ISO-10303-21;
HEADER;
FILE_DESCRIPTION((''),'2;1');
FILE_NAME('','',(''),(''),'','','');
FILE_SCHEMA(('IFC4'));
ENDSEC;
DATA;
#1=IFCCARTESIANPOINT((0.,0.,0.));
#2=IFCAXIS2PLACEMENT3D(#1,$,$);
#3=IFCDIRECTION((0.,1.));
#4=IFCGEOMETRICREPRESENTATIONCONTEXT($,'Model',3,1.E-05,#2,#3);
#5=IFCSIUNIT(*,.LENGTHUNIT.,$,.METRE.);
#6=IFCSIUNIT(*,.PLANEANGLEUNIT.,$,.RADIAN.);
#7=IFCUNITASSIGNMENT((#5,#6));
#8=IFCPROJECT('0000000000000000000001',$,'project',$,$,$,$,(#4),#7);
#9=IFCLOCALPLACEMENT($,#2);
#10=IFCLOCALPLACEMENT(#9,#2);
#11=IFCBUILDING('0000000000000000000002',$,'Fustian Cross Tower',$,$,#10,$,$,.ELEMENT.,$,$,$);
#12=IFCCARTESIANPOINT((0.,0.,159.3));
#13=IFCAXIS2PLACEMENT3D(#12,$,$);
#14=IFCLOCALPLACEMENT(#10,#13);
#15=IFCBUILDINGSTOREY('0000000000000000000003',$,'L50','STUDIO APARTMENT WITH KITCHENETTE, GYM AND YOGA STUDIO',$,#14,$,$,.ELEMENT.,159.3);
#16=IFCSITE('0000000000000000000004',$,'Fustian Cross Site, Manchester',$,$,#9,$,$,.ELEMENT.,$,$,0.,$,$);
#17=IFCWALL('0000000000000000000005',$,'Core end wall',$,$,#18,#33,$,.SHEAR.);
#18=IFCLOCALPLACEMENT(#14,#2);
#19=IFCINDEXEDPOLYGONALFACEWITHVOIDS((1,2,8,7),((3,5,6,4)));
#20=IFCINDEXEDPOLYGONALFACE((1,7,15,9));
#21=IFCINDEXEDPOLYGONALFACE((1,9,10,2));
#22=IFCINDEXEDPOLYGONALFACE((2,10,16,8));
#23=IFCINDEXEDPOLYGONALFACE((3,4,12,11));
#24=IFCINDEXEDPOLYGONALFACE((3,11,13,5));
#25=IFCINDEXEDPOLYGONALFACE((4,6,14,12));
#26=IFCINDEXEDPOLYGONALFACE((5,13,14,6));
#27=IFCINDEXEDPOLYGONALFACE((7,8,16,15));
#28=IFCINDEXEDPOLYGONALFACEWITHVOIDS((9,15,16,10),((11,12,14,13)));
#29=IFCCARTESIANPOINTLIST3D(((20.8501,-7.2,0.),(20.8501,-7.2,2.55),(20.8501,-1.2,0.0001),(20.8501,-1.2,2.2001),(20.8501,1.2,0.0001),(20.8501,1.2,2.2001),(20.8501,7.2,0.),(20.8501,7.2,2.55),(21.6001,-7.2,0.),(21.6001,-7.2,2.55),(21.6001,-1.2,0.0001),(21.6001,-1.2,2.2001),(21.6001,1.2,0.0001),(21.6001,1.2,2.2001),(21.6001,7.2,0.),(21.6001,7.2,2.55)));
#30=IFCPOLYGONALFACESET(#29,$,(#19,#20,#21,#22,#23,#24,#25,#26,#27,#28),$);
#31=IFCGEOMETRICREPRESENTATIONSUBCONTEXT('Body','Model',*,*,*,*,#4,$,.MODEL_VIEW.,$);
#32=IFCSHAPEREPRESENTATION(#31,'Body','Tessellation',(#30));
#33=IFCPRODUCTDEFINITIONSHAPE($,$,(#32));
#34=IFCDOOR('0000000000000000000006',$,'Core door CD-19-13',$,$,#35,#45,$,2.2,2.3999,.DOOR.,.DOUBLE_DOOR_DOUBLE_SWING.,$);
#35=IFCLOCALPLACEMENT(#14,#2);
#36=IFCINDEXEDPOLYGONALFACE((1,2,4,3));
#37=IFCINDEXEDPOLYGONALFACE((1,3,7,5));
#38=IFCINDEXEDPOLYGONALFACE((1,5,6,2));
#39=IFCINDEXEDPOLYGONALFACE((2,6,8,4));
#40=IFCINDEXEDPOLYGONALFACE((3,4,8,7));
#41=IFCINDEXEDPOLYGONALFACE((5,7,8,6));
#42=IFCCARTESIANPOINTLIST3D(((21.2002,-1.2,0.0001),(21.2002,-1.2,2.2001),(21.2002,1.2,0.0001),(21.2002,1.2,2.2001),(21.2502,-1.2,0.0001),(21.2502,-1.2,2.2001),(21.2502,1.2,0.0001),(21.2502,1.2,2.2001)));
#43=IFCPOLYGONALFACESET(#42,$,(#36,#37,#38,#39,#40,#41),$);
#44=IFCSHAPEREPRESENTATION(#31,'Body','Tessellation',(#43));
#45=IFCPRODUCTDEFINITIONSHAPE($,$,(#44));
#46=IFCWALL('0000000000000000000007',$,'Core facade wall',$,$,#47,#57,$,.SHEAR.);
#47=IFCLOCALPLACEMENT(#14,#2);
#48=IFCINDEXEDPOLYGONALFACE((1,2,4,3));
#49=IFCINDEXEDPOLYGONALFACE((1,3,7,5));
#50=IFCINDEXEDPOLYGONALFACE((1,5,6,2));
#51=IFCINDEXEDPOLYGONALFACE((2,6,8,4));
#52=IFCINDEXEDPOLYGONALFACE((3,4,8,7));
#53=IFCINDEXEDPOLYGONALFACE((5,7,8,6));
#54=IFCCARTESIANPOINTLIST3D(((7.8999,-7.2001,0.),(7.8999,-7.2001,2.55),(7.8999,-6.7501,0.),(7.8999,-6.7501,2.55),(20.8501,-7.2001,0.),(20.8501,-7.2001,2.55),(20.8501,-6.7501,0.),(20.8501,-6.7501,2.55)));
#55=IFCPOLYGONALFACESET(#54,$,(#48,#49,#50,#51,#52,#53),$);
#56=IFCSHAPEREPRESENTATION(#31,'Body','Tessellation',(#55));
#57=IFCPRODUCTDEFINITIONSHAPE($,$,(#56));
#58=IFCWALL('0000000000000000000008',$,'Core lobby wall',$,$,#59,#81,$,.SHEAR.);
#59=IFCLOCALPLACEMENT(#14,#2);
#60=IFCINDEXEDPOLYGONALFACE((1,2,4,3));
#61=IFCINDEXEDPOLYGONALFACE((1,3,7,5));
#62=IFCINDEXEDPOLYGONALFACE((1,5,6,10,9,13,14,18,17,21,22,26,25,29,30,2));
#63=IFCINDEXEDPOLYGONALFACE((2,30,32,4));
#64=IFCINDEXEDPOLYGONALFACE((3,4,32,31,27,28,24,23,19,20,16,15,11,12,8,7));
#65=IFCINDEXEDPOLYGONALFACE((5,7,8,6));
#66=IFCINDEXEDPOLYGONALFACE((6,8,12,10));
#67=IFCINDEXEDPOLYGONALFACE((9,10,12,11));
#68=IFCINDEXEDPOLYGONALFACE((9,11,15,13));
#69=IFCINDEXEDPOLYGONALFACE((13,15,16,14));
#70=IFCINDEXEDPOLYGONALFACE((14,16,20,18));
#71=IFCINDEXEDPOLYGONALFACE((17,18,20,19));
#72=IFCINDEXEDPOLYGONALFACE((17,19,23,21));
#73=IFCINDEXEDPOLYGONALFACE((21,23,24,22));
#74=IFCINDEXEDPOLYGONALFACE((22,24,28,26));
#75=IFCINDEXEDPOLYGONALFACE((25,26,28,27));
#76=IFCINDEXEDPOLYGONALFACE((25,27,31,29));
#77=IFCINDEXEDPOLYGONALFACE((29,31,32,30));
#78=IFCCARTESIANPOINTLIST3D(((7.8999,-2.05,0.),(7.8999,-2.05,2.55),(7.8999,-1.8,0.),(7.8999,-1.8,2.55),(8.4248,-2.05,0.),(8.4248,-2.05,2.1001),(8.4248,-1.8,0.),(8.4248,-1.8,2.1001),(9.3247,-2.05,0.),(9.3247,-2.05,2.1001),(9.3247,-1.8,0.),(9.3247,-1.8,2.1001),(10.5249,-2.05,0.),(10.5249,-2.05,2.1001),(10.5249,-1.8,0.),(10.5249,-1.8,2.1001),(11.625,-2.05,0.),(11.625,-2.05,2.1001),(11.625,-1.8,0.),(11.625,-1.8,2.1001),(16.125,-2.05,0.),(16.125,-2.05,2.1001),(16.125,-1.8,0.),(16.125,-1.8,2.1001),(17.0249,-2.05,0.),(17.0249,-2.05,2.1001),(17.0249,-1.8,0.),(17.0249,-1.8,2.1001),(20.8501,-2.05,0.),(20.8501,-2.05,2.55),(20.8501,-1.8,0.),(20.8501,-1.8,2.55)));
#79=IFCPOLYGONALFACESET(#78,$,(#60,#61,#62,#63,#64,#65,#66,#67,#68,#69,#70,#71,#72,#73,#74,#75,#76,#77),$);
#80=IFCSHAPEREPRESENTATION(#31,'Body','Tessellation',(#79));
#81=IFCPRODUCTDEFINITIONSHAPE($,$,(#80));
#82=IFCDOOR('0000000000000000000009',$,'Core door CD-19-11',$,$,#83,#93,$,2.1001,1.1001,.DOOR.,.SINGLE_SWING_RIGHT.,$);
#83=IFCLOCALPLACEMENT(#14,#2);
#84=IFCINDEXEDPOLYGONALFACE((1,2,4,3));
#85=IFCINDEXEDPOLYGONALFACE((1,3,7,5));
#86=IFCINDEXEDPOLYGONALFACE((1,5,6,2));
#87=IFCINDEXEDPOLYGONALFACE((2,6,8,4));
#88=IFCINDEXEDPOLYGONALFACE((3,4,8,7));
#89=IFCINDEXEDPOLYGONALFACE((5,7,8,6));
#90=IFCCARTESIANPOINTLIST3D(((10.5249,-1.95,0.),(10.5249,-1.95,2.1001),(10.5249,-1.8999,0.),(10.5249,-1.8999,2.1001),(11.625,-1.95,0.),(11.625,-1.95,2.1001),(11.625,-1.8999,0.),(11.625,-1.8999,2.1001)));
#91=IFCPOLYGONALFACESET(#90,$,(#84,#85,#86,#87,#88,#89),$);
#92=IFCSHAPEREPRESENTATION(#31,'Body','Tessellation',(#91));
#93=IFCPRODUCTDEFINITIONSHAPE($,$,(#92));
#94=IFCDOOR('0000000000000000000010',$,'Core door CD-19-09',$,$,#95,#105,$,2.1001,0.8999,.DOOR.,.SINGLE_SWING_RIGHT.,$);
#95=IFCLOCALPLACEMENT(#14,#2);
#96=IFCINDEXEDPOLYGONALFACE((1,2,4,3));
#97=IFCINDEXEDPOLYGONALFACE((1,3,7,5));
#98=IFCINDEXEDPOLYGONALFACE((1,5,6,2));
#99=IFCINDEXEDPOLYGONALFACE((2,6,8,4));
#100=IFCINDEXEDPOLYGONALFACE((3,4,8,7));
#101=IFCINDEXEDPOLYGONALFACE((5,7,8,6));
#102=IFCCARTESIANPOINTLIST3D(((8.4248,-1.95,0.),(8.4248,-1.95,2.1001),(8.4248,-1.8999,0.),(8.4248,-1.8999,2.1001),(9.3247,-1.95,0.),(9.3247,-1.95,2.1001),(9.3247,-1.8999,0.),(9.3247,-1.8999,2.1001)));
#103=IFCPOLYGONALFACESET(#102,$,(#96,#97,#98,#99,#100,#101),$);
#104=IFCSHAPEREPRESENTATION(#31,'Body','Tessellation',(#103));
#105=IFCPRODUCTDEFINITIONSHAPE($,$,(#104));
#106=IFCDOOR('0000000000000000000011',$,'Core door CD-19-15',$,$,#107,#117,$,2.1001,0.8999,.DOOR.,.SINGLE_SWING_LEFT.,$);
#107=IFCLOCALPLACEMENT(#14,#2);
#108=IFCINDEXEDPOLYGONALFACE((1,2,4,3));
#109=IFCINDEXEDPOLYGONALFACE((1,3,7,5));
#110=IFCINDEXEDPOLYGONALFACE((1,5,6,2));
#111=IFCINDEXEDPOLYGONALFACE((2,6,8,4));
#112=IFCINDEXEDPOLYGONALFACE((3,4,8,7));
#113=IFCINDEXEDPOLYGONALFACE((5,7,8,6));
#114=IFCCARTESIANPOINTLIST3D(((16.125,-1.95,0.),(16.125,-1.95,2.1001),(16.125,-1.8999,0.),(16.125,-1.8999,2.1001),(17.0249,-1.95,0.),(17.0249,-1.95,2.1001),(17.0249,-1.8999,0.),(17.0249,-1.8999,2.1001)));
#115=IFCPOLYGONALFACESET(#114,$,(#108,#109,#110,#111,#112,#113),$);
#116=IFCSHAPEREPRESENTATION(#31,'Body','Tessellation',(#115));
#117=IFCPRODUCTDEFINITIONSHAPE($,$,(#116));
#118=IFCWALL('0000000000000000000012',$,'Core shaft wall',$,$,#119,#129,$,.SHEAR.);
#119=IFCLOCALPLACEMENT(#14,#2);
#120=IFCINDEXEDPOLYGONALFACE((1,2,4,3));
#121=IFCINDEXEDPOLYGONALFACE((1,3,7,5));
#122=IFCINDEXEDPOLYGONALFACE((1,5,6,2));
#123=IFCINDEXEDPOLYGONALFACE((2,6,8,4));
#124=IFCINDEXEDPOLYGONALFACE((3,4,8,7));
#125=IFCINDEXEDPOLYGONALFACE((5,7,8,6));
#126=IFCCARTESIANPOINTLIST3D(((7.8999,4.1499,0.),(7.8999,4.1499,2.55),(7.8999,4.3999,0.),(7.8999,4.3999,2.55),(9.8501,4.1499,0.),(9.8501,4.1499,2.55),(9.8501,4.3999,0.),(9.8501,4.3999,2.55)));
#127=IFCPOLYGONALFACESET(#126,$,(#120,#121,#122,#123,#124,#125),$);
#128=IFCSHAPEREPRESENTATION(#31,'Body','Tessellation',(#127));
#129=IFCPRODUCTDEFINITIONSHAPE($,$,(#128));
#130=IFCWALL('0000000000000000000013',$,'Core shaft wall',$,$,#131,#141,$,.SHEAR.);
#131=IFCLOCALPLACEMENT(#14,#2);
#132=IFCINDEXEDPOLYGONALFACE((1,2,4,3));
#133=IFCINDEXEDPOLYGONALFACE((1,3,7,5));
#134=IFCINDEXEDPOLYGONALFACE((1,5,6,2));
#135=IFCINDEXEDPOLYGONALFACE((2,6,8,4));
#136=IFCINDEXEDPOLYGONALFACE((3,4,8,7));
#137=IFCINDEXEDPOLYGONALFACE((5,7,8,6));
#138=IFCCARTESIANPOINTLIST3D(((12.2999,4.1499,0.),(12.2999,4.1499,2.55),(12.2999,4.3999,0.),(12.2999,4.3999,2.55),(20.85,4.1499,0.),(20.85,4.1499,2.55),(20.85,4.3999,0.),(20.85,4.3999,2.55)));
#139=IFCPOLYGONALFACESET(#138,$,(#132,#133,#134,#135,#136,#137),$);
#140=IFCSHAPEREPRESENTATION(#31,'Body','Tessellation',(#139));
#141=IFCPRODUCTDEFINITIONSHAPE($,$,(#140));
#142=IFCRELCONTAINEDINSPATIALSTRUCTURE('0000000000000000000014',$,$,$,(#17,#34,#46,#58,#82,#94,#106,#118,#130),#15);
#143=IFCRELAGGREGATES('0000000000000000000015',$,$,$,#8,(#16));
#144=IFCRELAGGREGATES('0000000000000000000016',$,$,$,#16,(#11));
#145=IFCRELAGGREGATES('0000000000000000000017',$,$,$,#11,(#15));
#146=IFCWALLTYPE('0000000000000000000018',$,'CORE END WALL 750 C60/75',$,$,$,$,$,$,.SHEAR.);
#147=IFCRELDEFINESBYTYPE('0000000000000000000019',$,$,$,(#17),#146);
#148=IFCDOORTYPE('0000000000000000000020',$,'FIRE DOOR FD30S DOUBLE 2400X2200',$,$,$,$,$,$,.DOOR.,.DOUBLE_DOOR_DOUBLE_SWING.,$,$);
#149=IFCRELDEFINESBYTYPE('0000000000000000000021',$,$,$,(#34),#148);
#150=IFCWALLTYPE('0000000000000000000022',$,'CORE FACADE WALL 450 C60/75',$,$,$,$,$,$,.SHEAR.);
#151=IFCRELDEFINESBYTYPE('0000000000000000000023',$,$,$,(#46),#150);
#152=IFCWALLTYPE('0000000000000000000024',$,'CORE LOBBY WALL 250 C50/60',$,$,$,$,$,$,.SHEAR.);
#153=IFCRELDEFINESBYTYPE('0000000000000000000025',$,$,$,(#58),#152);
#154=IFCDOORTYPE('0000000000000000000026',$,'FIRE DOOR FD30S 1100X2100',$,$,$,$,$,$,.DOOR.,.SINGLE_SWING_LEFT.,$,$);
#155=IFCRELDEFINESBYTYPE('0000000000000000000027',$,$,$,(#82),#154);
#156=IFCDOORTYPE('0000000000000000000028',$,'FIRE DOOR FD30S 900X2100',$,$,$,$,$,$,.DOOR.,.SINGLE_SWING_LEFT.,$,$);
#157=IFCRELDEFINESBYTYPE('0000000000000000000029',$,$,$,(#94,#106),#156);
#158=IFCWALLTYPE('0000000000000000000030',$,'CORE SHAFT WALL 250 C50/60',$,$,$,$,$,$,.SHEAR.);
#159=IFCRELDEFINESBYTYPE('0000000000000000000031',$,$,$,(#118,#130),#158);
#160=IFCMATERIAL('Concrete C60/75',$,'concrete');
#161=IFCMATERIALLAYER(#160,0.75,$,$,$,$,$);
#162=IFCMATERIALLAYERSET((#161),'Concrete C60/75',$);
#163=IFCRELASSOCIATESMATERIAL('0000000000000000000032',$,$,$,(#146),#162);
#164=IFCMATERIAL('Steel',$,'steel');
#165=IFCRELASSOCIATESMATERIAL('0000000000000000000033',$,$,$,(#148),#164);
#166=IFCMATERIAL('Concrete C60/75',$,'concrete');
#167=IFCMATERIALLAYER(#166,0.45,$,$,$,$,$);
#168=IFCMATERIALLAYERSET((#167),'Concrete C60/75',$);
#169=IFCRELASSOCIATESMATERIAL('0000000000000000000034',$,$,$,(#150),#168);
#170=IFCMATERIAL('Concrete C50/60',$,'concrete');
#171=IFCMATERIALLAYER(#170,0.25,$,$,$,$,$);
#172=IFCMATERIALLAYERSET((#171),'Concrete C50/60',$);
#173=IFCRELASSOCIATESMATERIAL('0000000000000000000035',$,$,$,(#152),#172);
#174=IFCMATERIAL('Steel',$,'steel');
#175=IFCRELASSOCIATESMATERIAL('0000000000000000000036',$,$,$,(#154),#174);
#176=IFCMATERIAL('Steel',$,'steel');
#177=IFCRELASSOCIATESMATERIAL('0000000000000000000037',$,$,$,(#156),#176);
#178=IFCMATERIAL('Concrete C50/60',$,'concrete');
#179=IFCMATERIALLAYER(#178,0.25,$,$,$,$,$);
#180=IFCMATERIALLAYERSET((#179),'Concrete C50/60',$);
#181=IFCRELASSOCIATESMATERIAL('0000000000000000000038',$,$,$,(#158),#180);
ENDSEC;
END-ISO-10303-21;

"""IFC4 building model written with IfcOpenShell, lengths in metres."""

from ifc_helpers import new_model, si_unit, direction, frame, frame_2d, origin, place, context, subcontext, project, spatial, rectangle, extrude, material, layer, layer_set, type_object, element, fill, save


model = new_model("IFC4")

# Units and contexts
model_context = context("Model", 3, precision=1e-05, world=origin(), true_north=direction((0.0, 1.0)))
body_context = subcontext(model_context, "Body", "Model", "MODEL_VIEW")
ifc_project = project(units=[si_unit("LENGTHUNIT", "METRE"), si_unit("PLANEANGLEUNIT", "RADIAN")], contexts=[model_context])

# Site, building, storey
site_placement = place(None, origin())
site = spatial("IfcSite", under=ifc_project, at=site_placement, Name="Fustian Cross Site, Manchester", CompositionType="ELEMENT", RefElevation=0.0)
building_placement = place(site_placement, origin())
building = spatial("IfcBuilding", under=site, at=building_placement, Name="Fustian Cross Tower", CompositionType="ELEMENT")
storey_placement = place(building_placement, frame((0.0, 0.0, 159.3)))
storey = spatial("IfcBuildingStorey", under=building, at=storey_placement, Name="L50", Description="STUDIO APARTMENT WITH KITCHENETTE, GYM AND YOGA STUDIO", CompositionType="ELEMENT", Elevation=159.3)

# Wall, opening, door
ifc_material_1 = material(Name="Concrete C60/75", Category="concrete")
ifc_layer_1 = layer(ifc_material_1, 0.75)
ifc_layer_set_1 = layer_set([ifc_layer_1], Name="Concrete C60/75")
wall_type_1 = type_object("IfcWallType", Name="CORE END WALL 750 C60/75", PredefinedType="SHEAR", material=ifc_layer_set_1)
wall_1_placement = place(storey_placement, frame((21.2251, -7.2, 0.0), z_axis=(0.0, 0.0, 1.0), x_axis=(0.0, 1.0, 0.0)))
wall_1 = element("IfcWall", 1, at=wall_1_placement, inside=storey, type_object=wall_type_1, Name="Core end wall", PredefinedType="SHEAR", context=body_context, shape_type="SweptSolid", body=[
    extrude(rectangle(XDim=14.3999, YDim=0.75, at=frame_2d((7.2, 0.0))), origin(), (0.0, 0.0, 1.0), 2.55),
])
opening_1_placement = place(wall_1_placement, frame((6.0, 0.0, 0.0)))
opening_1 = element("IfcOpeningElement", 2, at=opening_1_placement, cuts=wall_1, PredefinedType="OPENING", context=body_context, shape_type="SweptSolid", body=[
    extrude(rectangle(XDim=2.3999, YDim=2.2, at=frame_2d((1.2, 1.1001))), frame((0.0, 0.385, 0.0), z_axis=(0.0, -1.0, 0.0), x_axis=(1.0, 0.0, 0.0)), (0.0, 0.0, 1.0), 0.77),
])
ifc_material_2 = material(Name="Steel", Category="steel")
door_type_1 = type_object("IfcDoorType", Name="FIRE DOOR FD30S DOUBLE 2400X2200", OperationType="DOUBLE_DOOR_DOUBLE_SWING", PredefinedType="DOOR", material=ifc_material_2)
door_1_placement = place(opening_1_placement, origin())
door_1 = element("IfcDoor", 3, at=door_1_placement, inside=storey, type_object=door_type_1, Name="Core door CD-19-13", OperationType="DOUBLE_DOOR_DOUBLE_SWING", OverallHeight=2.2, OverallWidth=2.3999, PredefinedType="DOOR", context=body_context, shape_type="SweptSolid", body=[
    extrude(rectangle(XDim=2.3999, YDim=2.2, at=frame_2d((1.2, 1.1001))), frame((0.0, 0.0249, 0.0), z_axis=(0.0, -1.0, 0.0), x_axis=(1.0, 0.0, 0.0)), (0.0, 0.0, 1.0), 0.05),
])
fill(opening_1, door_1)

# Wall
ifc_material_3 = material(Name="Concrete C60/75", Category="concrete")
ifc_layer_2 = layer(ifc_material_3, 0.45)
ifc_layer_set_2 = layer_set([ifc_layer_2], Name="Concrete C60/75")
wall_type_2 = type_object("IfcWallType", Name="CORE FACADE WALL 450 C60/75", PredefinedType="SHEAR", material=ifc_layer_set_2)
wall_2_placement = place(storey_placement, frame((7.8999, -6.9751, 0.0), z_axis=(0.0, 0.0, 1.0), x_axis=(1.0, 0.0, 0.0)))
element("IfcWall", 4, at=wall_2_placement, inside=storey, type_object=wall_type_2, Name="Core facade wall", PredefinedType="SHEAR", context=body_context, shape_type="SweptSolid", body=[
    extrude(rectangle(XDim=12.9502, YDim=0.45, at=frame_2d((6.4751, 0.0))), origin(), (0.0, 0.0, 1.0), 2.55),
])

# Wall, openings, doors
ifc_material_4 = material(Name="Concrete C50/60", Category="concrete")
ifc_layer_3 = layer(ifc_material_4, 0.25)
ifc_layer_set_3 = layer_set([ifc_layer_3], Name="Concrete C50/60")
wall_type_3 = type_object("IfcWallType", Name="CORE LOBBY WALL 250 C50/60", PredefinedType="SHEAR", material=ifc_layer_set_3)
wall_3_placement = place(storey_placement, frame((7.8999, -1.925, 0.0), z_axis=(0.0, 0.0, 1.0), x_axis=(1.0, 0.0, 0.0)))
wall_3 = element("IfcWall", 5, at=wall_3_placement, inside=storey, type_object=wall_type_3, Name="Core lobby wall", PredefinedType="SHEAR", context=body_context, shape_type="SweptSolid", body=[
    extrude(rectangle(XDim=12.9502, YDim=0.25, at=frame_2d((6.4751, 0.0))), origin(), (0.0, 0.0, 1.0), 2.55),
])
opening_2_placement = place(wall_3_placement, frame((0.5249, 0.0, 0.0)))
opening_2 = element("IfcOpeningElement", 6, at=opening_2_placement, cuts=wall_3, PredefinedType="OPENING", context=body_context, shape_type="SweptSolid", body=[
    extrude(rectangle(XDim=0.8999, YDim=2.1001, at=frame_2d((0.45, 1.05))), frame((0.0, 0.135, 0.0), z_axis=(0.0, -1.0, 0.0), x_axis=(1.0, 0.0, 0.0)), (0.0, 0.0, 1.0), 0.27),
])
opening_3_placement = place(wall_3_placement, frame((2.625, 0.0, 0.0)))
opening_3 = element("IfcOpeningElement", 7, at=opening_3_placement, cuts=wall_3, PredefinedType="OPENING", context=body_context, shape_type="SweptSolid", body=[
    extrude(rectangle(XDim=1.1001, YDim=2.1001, at=frame_2d((0.55, 1.05))), frame((0.0, 0.135, 0.0), z_axis=(0.0, -1.0, 0.0), x_axis=(1.0, 0.0, 0.0)), (0.0, 0.0, 1.0), 0.27),
])
opening_4_placement = place(wall_3_placement, frame((8.2251, 0.0, 0.0)))
opening_4 = element("IfcOpeningElement", 8, at=opening_4_placement, cuts=wall_3, PredefinedType="OPENING", context=body_context, shape_type="SweptSolid", body=[
    extrude(rectangle(XDim=0.8999, YDim=2.1001, at=frame_2d((0.45, 1.05))), frame((0.0, 0.135, 0.0), z_axis=(0.0, -1.0, 0.0), x_axis=(1.0, 0.0, 0.0)), (0.0, 0.0, 1.0), 0.27),
])
ifc_material_5 = material(Name="Steel", Category="steel")
door_type_2 = type_object("IfcDoorType", Name="FIRE DOOR FD30S 1100X2100", OperationType="SINGLE_SWING_LEFT", PredefinedType="DOOR", material=ifc_material_5)
door_2_placement = place(opening_3_placement, frame((1.1001, 0.0, 0.0), z_axis=(0.0, 0.0, 1.0), x_axis=(-1.0, 0.0, 0.0)))
door_2 = element("IfcDoor", 9, at=door_2_placement, inside=storey, type_object=door_type_2, Name="Core door CD-19-11", OperationType="SINGLE_SWING_RIGHT", OverallHeight=2.1001, OverallWidth=1.1001, PredefinedType="DOOR", context=body_context, shape_type="SweptSolid", body=[
    extrude(rectangle(XDim=1.1001, YDim=2.1001, at=frame_2d((0.55, 1.05))), frame((0.0, 0.0249, 0.0), z_axis=(0.0, -1.0, 0.0), x_axis=(1.0, 0.0, 0.0)), (0.0, 0.0, 1.0), 0.05),
])
fill(opening_3, door_2)
ifc_material_6 = material(Name="Steel", Category="steel")
door_type_3 = type_object("IfcDoorType", Name="FIRE DOOR FD30S 900X2100", OperationType="SINGLE_SWING_LEFT", PredefinedType="DOOR", material=ifc_material_6)
door_3_placement = place(opening_2_placement, frame((0.8999, 0.0, 0.0), z_axis=(0.0, 0.0, 1.0), x_axis=(-1.0, 0.0, 0.0)))
door_3 = element("IfcDoor", 10, at=door_3_placement, inside=storey, type_object=door_type_3, Name="Core door CD-19-09", OperationType="SINGLE_SWING_RIGHT", OverallHeight=2.1001, OverallWidth=0.8999, PredefinedType="DOOR", context=body_context, shape_type="SweptSolid", body=[
    extrude(rectangle(XDim=0.8999, YDim=2.1001, at=frame_2d((0.45, 1.05))), frame((0.0, 0.0249, 0.0), z_axis=(0.0, -1.0, 0.0), x_axis=(1.0, 0.0, 0.0)), (0.0, 0.0, 1.0), 0.05),
])
fill(opening_2, door_3)
door_4_placement = place(opening_4_placement, frame((0.8999, 0.0, 0.0), z_axis=(0.0, 0.0, 1.0), x_axis=(-1.0, 0.0, 0.0)))
door_4 = element("IfcDoor", 11, at=door_4_placement, inside=storey, type_object=door_type_3, Name="Core door CD-19-15", OperationType="SINGLE_SWING_LEFT", OverallHeight=2.1001, OverallWidth=0.8999, PredefinedType="DOOR", context=body_context, shape_type="SweptSolid", body=[
    extrude(rectangle(XDim=0.8999, YDim=2.1001, at=frame_2d((0.45, 1.05))), frame((0.0, 0.0249, 0.0), z_axis=(0.0, -1.0, 0.0), x_axis=(1.0, 0.0, 0.0)), (0.0, 0.0, 1.0), 0.05),
])
fill(opening_4, door_4)

# Walls
ifc_material_7 = material(Name="Concrete C50/60", Category="concrete")
ifc_layer_4 = layer(ifc_material_7, 0.25)
ifc_layer_set_4 = layer_set([ifc_layer_4], Name="Concrete C50/60")
wall_type_4 = type_object("IfcWallType", Name="CORE SHAFT WALL 250 C50/60", PredefinedType="SHEAR", material=ifc_layer_set_4)
wall_4_placement = place(storey_placement, frame((7.8999, 4.2749, 0.0), z_axis=(0.0, 0.0, 1.0), x_axis=(1.0, 0.0, 0.0)))
element("IfcWall", 12, at=wall_4_placement, inside=storey, type_object=wall_type_4, Name="Core shaft wall", PredefinedType="SHEAR", context=body_context, shape_type="SweptSolid", body=[
    extrude(rectangle(XDim=1.9502, YDim=0.25, at=frame_2d((0.9751, 0.0))), origin(), (0.0, 0.0, 1.0), 2.55),
])
wall_5_placement = place(storey_placement, frame((12.3, 4.2749, 0.0), z_axis=(0.0, 0.0, 1.0), x_axis=(1.0, 0.0, 0.0)))
element("IfcWall", 13, at=wall_5_placement, inside=storey, type_object=wall_type_4, Name="Core shaft wall", PredefinedType="SHEAR", context=body_context, shape_type="SweptSolid", body=[
    extrude(rectangle(XDim=8.55, YDim=0.25, at=frame_2d((4.2749, 0.0))), origin(), (0.0, 0.0, 1.0), 2.55),
])

save(model, "model.ifc")
